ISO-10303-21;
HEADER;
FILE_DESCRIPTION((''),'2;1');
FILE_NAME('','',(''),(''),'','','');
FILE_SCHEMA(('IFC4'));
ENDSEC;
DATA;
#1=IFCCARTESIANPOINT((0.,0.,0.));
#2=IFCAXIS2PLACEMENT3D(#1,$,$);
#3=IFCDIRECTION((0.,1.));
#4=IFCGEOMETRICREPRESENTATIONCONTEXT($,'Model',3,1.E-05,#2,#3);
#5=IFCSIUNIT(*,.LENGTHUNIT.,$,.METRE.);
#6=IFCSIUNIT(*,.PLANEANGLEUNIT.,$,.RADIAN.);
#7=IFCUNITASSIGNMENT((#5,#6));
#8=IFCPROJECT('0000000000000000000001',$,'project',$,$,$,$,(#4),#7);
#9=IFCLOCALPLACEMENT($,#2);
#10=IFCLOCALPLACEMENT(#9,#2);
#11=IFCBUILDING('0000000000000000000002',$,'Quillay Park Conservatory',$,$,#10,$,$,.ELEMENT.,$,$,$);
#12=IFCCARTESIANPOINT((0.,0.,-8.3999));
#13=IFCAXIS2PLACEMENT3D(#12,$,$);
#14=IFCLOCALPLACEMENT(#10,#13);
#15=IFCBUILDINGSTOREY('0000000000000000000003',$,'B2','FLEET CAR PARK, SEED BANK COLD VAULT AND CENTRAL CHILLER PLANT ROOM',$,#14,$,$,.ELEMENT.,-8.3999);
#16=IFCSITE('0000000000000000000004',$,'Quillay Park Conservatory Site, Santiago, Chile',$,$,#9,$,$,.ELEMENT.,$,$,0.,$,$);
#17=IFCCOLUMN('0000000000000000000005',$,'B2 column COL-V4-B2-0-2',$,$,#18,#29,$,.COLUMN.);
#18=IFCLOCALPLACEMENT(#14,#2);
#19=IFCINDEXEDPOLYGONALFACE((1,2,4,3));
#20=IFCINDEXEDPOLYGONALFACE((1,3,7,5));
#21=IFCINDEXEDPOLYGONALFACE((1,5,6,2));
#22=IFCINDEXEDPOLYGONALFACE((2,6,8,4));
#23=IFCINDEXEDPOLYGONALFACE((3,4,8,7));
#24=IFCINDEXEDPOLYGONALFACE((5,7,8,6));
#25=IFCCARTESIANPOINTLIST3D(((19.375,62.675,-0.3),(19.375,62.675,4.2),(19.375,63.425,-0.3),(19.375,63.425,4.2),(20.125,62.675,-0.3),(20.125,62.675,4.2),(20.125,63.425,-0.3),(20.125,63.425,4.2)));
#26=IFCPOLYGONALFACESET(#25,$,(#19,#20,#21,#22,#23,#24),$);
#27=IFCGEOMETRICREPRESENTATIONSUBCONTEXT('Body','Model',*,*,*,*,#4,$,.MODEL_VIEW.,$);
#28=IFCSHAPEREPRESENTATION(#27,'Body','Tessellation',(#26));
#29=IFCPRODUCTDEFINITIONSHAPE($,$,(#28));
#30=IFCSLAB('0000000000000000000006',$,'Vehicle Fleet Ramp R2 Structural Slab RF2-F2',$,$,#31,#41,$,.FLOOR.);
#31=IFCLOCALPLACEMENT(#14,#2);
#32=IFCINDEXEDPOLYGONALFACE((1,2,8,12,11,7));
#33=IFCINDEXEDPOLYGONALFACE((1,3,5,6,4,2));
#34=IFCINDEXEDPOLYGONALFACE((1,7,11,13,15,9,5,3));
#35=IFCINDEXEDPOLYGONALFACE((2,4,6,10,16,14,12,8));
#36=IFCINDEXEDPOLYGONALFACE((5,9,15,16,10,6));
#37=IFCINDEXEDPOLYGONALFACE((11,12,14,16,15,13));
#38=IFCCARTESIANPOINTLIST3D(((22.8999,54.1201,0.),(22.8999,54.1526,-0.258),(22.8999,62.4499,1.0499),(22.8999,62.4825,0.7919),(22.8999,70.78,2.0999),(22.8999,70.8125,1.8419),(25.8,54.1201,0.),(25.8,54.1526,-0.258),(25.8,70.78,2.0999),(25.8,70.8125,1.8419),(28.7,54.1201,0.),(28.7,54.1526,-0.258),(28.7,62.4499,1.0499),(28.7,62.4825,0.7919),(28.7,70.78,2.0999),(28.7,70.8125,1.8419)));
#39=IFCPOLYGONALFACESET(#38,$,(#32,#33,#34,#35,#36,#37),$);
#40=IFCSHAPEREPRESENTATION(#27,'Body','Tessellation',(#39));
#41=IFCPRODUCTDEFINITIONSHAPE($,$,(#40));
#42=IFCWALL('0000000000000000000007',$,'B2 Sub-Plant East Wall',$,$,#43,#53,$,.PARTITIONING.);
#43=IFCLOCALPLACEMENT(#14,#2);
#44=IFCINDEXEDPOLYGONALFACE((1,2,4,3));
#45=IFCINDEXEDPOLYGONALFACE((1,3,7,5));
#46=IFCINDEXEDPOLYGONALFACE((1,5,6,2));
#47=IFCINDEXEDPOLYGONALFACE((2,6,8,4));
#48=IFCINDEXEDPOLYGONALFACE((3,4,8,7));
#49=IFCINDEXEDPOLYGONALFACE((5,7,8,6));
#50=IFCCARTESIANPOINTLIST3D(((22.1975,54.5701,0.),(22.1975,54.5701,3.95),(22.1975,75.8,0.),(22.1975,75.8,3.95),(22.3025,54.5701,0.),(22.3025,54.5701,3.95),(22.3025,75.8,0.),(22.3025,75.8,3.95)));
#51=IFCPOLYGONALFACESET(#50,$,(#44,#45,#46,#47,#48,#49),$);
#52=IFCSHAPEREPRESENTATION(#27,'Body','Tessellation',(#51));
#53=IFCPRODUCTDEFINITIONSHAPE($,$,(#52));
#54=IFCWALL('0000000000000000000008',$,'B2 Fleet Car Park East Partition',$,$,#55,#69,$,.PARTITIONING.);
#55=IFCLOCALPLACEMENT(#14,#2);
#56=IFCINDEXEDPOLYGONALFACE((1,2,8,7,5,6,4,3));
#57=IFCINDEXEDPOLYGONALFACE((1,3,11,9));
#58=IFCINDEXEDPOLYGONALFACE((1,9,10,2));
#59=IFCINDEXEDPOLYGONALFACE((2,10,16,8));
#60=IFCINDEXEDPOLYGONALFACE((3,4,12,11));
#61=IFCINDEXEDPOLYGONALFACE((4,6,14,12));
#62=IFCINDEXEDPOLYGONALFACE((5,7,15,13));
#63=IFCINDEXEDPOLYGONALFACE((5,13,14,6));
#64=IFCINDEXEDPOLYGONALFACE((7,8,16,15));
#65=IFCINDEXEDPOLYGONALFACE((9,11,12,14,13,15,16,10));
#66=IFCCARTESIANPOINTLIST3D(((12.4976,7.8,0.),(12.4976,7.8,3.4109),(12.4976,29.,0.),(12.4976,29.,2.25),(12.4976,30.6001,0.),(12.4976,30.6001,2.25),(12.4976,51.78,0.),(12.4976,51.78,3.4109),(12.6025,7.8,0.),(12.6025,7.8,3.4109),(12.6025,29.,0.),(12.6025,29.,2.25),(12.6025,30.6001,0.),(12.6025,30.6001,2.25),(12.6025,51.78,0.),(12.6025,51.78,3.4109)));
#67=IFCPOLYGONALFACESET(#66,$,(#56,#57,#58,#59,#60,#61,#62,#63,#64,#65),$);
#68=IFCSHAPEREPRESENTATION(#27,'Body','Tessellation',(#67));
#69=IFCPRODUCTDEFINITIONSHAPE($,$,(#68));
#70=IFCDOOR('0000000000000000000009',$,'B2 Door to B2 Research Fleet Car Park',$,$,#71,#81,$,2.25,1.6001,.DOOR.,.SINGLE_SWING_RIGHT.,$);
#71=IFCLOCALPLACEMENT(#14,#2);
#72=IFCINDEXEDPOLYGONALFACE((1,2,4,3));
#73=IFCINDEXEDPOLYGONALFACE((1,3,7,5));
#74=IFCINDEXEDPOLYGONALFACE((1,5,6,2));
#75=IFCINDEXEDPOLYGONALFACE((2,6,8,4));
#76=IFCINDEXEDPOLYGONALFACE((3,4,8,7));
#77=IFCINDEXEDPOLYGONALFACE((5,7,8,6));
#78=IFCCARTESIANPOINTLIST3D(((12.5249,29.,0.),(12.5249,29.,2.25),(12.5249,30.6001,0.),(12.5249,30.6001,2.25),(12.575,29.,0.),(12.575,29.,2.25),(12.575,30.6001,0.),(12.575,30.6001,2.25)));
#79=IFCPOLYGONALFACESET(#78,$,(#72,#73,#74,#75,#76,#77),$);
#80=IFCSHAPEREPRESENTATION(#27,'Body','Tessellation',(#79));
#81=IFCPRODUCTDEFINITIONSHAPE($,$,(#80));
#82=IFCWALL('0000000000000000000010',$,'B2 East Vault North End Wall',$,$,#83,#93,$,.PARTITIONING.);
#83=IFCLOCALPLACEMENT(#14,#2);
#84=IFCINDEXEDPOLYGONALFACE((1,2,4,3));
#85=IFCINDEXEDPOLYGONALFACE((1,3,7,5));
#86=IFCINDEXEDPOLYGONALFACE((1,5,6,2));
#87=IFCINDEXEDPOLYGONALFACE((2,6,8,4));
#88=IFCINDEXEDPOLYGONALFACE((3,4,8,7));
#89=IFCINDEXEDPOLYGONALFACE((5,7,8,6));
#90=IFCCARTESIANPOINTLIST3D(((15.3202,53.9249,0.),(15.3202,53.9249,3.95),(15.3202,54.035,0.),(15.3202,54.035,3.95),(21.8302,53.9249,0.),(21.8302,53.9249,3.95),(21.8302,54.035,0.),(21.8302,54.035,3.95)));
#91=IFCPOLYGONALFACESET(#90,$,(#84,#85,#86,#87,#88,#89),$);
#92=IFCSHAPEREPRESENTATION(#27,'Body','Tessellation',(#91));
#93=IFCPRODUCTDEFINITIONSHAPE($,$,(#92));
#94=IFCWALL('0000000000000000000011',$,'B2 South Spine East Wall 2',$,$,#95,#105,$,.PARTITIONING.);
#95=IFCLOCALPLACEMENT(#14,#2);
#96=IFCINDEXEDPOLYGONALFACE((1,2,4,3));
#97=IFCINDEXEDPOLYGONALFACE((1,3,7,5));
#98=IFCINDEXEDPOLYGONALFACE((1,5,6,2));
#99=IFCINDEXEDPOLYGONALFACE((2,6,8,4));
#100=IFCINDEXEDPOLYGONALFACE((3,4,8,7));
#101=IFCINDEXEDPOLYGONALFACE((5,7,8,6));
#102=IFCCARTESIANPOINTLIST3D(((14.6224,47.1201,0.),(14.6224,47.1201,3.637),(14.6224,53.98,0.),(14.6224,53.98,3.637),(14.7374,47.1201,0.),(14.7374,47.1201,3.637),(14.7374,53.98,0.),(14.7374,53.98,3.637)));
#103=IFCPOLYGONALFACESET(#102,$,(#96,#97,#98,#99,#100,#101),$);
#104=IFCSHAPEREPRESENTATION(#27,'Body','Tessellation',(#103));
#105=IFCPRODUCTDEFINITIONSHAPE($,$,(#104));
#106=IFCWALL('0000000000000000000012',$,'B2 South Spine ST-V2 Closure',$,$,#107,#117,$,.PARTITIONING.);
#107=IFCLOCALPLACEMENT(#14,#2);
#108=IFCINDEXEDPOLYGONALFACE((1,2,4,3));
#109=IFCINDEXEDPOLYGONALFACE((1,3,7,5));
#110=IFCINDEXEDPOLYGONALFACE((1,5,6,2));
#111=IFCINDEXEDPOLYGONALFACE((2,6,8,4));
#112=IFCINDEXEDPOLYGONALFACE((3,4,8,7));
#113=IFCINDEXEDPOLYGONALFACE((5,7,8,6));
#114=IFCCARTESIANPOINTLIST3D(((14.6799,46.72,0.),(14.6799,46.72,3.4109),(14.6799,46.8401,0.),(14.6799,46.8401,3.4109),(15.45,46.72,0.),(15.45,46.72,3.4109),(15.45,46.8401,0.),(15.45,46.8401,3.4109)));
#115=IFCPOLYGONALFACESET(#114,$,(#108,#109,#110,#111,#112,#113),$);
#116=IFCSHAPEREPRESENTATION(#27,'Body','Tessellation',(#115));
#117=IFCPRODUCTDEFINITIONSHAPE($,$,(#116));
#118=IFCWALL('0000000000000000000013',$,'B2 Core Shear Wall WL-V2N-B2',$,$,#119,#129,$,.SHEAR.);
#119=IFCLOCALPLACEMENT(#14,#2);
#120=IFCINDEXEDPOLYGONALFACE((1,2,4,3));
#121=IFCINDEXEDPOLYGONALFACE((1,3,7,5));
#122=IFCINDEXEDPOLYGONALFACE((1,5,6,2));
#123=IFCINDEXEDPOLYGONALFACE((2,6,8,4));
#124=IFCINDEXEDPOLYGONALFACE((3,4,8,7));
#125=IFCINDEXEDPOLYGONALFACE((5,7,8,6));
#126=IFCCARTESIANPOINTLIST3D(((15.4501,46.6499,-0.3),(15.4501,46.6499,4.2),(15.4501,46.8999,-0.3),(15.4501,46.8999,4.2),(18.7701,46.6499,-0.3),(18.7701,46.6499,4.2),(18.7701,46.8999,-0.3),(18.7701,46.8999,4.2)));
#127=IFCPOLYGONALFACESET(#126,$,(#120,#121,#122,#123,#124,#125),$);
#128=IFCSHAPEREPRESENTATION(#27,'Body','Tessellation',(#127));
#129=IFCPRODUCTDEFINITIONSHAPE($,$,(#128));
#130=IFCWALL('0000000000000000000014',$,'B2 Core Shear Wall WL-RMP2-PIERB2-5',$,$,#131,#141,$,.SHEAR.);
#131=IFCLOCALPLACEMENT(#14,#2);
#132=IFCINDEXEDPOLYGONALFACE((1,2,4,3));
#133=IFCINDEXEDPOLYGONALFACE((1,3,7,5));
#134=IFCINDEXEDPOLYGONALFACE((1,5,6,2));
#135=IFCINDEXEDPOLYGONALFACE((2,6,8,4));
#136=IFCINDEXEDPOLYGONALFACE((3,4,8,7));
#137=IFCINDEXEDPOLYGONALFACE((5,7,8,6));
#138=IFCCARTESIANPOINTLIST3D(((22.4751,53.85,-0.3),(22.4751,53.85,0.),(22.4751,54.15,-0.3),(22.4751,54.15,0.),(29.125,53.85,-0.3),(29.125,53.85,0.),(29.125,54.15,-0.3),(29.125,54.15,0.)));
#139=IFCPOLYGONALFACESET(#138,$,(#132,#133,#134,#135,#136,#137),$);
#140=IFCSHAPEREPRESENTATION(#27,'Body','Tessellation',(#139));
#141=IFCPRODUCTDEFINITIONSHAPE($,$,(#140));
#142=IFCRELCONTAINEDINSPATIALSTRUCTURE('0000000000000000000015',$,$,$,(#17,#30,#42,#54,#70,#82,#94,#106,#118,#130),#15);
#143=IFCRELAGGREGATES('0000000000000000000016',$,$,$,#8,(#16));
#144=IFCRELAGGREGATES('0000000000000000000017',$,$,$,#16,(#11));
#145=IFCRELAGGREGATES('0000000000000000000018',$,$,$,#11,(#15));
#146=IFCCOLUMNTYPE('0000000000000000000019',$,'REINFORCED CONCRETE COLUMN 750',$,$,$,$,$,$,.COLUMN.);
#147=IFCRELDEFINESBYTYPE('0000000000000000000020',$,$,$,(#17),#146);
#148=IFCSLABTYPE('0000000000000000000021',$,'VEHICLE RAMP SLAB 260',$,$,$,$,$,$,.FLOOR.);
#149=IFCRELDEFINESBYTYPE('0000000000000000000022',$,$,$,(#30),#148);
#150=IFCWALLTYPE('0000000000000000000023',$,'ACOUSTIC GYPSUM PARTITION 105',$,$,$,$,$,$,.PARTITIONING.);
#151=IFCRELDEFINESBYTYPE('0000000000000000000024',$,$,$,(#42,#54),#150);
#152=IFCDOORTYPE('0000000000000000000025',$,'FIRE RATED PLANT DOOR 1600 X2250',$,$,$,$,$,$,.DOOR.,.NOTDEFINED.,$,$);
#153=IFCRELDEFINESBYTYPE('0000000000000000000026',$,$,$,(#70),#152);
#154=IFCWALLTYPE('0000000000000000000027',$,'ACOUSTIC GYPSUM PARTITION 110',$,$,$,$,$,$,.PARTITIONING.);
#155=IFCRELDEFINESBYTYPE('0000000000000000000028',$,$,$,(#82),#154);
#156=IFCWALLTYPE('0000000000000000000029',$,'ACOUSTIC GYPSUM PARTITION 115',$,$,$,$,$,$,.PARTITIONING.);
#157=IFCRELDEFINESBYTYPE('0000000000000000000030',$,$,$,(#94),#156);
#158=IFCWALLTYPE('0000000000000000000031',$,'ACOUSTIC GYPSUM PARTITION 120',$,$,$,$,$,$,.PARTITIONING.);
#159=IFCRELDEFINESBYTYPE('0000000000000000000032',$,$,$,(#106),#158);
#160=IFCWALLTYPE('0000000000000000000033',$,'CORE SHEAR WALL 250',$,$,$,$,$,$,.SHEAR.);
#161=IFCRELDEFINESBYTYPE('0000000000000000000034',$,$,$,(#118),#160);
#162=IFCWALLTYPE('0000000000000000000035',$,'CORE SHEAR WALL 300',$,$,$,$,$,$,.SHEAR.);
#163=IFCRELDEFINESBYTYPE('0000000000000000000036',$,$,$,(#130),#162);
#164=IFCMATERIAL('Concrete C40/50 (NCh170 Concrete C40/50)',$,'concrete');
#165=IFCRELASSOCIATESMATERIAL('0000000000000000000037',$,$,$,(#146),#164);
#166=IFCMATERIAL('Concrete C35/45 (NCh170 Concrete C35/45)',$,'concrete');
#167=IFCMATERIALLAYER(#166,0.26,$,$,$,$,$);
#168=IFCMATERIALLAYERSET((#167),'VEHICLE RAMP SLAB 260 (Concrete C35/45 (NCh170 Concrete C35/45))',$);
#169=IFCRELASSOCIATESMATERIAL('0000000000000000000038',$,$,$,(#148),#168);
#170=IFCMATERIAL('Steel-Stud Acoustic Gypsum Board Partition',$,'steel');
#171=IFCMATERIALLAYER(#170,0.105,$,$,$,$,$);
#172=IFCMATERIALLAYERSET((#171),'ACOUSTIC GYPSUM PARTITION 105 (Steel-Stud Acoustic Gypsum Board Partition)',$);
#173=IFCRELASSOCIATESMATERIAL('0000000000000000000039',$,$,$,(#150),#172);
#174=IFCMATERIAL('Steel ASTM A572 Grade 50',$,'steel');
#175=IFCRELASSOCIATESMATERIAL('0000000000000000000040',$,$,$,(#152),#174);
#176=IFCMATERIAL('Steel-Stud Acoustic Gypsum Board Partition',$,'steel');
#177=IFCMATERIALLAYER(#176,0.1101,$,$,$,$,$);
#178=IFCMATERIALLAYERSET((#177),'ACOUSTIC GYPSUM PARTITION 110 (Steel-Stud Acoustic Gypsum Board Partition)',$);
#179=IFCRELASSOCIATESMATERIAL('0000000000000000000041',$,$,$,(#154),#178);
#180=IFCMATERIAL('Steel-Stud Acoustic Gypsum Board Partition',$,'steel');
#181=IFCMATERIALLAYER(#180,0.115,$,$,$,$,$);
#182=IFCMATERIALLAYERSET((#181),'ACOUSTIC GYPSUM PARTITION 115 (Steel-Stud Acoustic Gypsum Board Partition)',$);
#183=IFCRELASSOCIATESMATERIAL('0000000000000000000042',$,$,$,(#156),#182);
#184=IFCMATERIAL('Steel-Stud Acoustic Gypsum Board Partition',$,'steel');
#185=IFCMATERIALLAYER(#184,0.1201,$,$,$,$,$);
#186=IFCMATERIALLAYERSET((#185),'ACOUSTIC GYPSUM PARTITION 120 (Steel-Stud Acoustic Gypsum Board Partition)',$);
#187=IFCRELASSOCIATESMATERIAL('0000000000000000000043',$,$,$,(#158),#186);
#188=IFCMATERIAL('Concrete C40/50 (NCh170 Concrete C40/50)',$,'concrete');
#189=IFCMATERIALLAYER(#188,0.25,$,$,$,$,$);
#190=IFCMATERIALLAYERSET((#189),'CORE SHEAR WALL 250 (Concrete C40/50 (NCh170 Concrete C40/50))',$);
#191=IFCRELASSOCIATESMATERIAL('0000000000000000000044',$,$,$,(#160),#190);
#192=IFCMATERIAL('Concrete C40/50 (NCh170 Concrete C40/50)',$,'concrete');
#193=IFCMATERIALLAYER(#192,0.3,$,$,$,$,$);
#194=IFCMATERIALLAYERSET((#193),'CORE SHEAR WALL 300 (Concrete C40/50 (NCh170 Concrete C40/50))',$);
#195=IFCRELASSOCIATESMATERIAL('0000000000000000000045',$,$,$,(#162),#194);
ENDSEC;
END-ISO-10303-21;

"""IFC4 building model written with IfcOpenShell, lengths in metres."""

from ifc_helpers import new_model, si_unit, direction, frame, frame_2d, origin, origin_2d, place, context, subcontext, project, spatial, polyline, rectangle, outline, extrude, material, layer, layer_set, material_profile, profile_set, type_object, element, fill, save


model = new_model("IFC4")

# Units and contexts
model_context = context("Model", 3, precision=1e-05, world=origin(), true_north=direction((0.0, 1.0)))
body_context = subcontext(model_context, "Body", "Model", "MODEL_VIEW")
ifc_project = project(units=[si_unit("LENGTHUNIT", "METRE"), si_unit("PLANEANGLEUNIT", "RADIAN")], contexts=[model_context])

# Site, building, storey
site_placement = place(None, origin())
site = spatial("IfcSite", under=ifc_project, at=site_placement, Name="Quillay Park Conservatory Site, Santiago, Chile", CompositionType="ELEMENT", RefElevation=0.0)
building_placement = place(site_placement, origin())
building = spatial("IfcBuilding", under=site, at=building_placement, Name="Quillay Park Conservatory", CompositionType="ELEMENT")
storey_placement = place(building_placement, frame((0.0, 0.0, -8.3999)))
storey = spatial("IfcBuildingStorey", under=building, at=storey_placement, Name="B2", Description="FLEET CAR PARK, SEED BANK COLD VAULT AND CENTRAL CHILLER PLANT ROOM", CompositionType="ELEMENT", Elevation=-8.3999)

# Column
ifc_material_1 = material(Name="Concrete C40/50 (NCh170 Concrete C40/50)", Category="concrete")
ifc_material_profile_1 = material_profile(ifc_material_1, rectangle(XDim=0.75, YDim=0.75, at=origin_2d()), Name="RC750x750")
ifc_profile_set_1 = profile_set([ifc_material_profile_1], Name="Concrete C40/50 (NCh170 Concrete C40/50)")
column_type_1 = type_object("IfcColumnType", Name="REINFORCED CONCRETE COLUMN 750", PredefinedType="COLUMN", material=ifc_profile_set_1)
column_placement = place(storey_placement, frame((19.75, 63.05, -0.3), z_axis=(0.0, 0.0, 1.0), x_axis=(1.0, 0.0, 0.0)))
element("IfcColumn", 1, at=column_placement, inside=storey, type_object=column_type_1, Name="B2 column COL-V4-B2-0-2", PredefinedType="COLUMN", context=body_context, shape_type="SweptSolid", body=[
    extrude(rectangle(XDim=0.75, YDim=0.75, at=origin_2d()), origin(), (0.0, 0.0, 1.0), 4.5),
])

# Slab
ifc_material_2 = material(Name="Concrete C35/45 (NCh170 Concrete C35/45)", Category="concrete")
ifc_layer_1 = layer(ifc_material_2, 0.26)
ifc_layer_set_1 = layer_set([ifc_layer_1], Name="VEHICLE RAMP SLAB 260 (Concrete C35/45 (NCh170 Concrete C35/45))")
slab_type = type_object("IfcSlabType", Name="VEHICLE RAMP SLAB 260", PredefinedType="FLOOR", material=ifc_layer_set_1)
slab_placement = place(storey_placement, frame((22.8999, 54.1201, 0.0), z_axis=(0.0, -0.125053, 0.99215), x_axis=(1.0, 0.0, 0.0)))
element("IfcSlab", 2, at=slab_placement, inside=storey, type_object=slab_type, Name="Vehicle Fleet Ramp R2 Structural Slab RF2-F2", PredefinedType="FLOOR", context=body_context, shape_type="SweptSolid", body=[
    extrude(outline(polyline([(0.0, 0.0), (2.9001, 0.0), (5.8, 0.0), (5.8, 8.3957), (5.8, 16.7917), (2.9001, 16.7917), (0.0, 16.7917), (0.0, 8.3957), (0.0, 0.0)])), origin(), (0.0, 0.0, -1.0), 0.26),
])

# Wall
ifc_material_3 = material(Name="Steel-Stud Acoustic Gypsum Board Partition", Category="steel")
ifc_layer_2 = layer(ifc_material_3, 0.105)
ifc_layer_set_2 = layer_set([ifc_layer_2], Name="ACOUSTIC GYPSUM PARTITION 105 (Steel-Stud Acoustic Gypsum Board Partition)")
wall_type_1 = type_object("IfcWallType", Name="ACOUSTIC GYPSUM PARTITION 105", PredefinedType="PARTITIONING", material=ifc_layer_set_2)
wall_1_placement = place(storey_placement, frame((22.25, 54.5701, 0.0), z_axis=(0.0, 0.0, 1.0), x_axis=(0.0, 1.0, 0.0)))
element("IfcWall", 3, at=wall_1_placement, inside=storey, type_object=wall_type_1, Name="B2 Sub-Plant East Wall", PredefinedType="PARTITIONING", context=body_context, shape_type="SweptSolid", body=[
    extrude(rectangle(XDim=21.23, YDim=0.105, at=frame_2d((10.615, 0.0))), origin(), (0.0, 0.0, 1.0), 3.95),
])

# Wall, opening, door
wall_2_placement = place(storey_placement, frame((12.55, 51.78, 0.0), z_axis=(0.0, 0.0, 1.0), x_axis=(0.0, -1.0, 0.0)))
wall_2 = element("IfcWall", 4, at=wall_2_placement, inside=storey, type_object=wall_type_1, Name="B2 Fleet Car Park East Partition", PredefinedType="PARTITIONING", context=body_context, shape_type="SweptSolid", body=[
    extrude(rectangle(XDim=43.98, YDim=0.105, at=frame_2d((21.99, 0.0))), origin(), (0.0, 0.0, 1.0), 3.4109),
])
opening_placement = place(wall_2_placement, frame((21.1799, 0.0, 0.0)))
opening = element("IfcOpeningElement", 5, at=opening_placement, cuts=wall_2, PredefinedType="OPENING", context=body_context, shape_type="SweptSolid", body=[
    extrude(rectangle(XDim=1.6001, YDim=2.25, at=frame_2d((0.8, 1.125))), frame((0.0, 0.0525, 0.0), z_axis=(0.0, -1.0, 0.0), x_axis=(1.0, 0.0, 0.0)), (0.0, 0.0, 1.0), 0.105),
])
ifc_material_4 = material(Name="Steel ASTM A572 Grade 50", Category="steel")
door_type = type_object("IfcDoorType", Name="FIRE RATED PLANT DOOR 1600 X2250", OperationType="NOTDEFINED", PredefinedType="DOOR", material=ifc_material_4)
door_placement = place(opening_placement, origin())
door = element("IfcDoor", 6, at=door_placement, inside=storey, type_object=door_type, Name="B2 Door to B2 Research Fleet Car Park", OperationType="SINGLE_SWING_RIGHT", OverallHeight=2.25, OverallWidth=1.6001, PredefinedType="DOOR", context=body_context, shape_type="SweptSolid", body=[
    extrude(rectangle(XDim=1.6001, YDim=2.25, at=frame_2d((0.8, 1.125))), frame((0.0, 0.0249, 0.0), z_axis=(0.0, -1.0, 0.0), x_axis=(1.0, 0.0, 0.0)), (0.0, 0.0, 1.0), 0.05),
])
fill(opening, door)

# Walls
ifc_material_5 = material(Name="Steel-Stud Acoustic Gypsum Board Partition", Category="steel")
ifc_layer_3 = layer(ifc_material_5, 0.1101)
ifc_layer_set_3 = layer_set([ifc_layer_3], Name="ACOUSTIC GYPSUM PARTITION 110 (Steel-Stud Acoustic Gypsum Board Partition)")
wall_type_2 = type_object("IfcWallType", Name="ACOUSTIC GYPSUM PARTITION 110", PredefinedType="PARTITIONING", material=ifc_layer_set_3)
wall_3_placement = place(storey_placement, frame((21.8301, 53.98, 0.0), z_axis=(0.0, 0.0, 1.0), x_axis=(-1.0, 0.0, 0.0)))
element("IfcWall", 7, at=wall_3_placement, inside=storey, type_object=wall_type_2, Name="B2 East Vault North End Wall", PredefinedType="PARTITIONING", context=body_context, shape_type="SweptSolid", body=[
    extrude(rectangle(XDim=6.51, YDim=0.1101, at=frame_2d((3.2549, 0.0))), origin(), (0.0, 0.0, 1.0), 3.95),
])
ifc_material_6 = material(Name="Steel-Stud Acoustic Gypsum Board Partition", Category="steel")
ifc_layer_4 = layer(ifc_material_6, 0.115)
ifc_layer_set_4 = layer_set([ifc_layer_4], Name="ACOUSTIC GYPSUM PARTITION 115 (Steel-Stud Acoustic Gypsum Board Partition)")
wall_type_3 = type_object("IfcWallType", Name="ACOUSTIC GYPSUM PARTITION 115", PredefinedType="PARTITIONING", material=ifc_layer_set_4)
wall_4_placement = place(storey_placement, frame((14.6799, 53.98, 0.0), z_axis=(0.0, 0.0, 1.0), x_axis=(0.0, -1.0, 0.0)))
element("IfcWall", 8, at=wall_4_placement, inside=storey, type_object=wall_type_3, Name="B2 South Spine East Wall 2", PredefinedType="PARTITIONING", context=body_context, shape_type="SweptSolid", body=[
    extrude(rectangle(XDim=6.8599, YDim=0.115, at=frame_2d((3.4299, 0.0))), origin(), (0.0, 0.0, 1.0), 3.637),
])
ifc_material_7 = material(Name="Steel-Stud Acoustic Gypsum Board Partition", Category="steel")
ifc_layer_5 = layer(ifc_material_7, 0.1201)
ifc_layer_set_5 = layer_set([ifc_layer_5], Name="ACOUSTIC GYPSUM PARTITION 120 (Steel-Stud Acoustic Gypsum Board Partition)")
wall_type_4 = type_object("IfcWallType", Name="ACOUSTIC GYPSUM PARTITION 120", PredefinedType="PARTITIONING", material=ifc_layer_set_5)
wall_5_placement = place(storey_placement, frame((14.6799, 46.78, 0.0), z_axis=(0.0, 0.0, 1.0), x_axis=(1.0, 0.0, 0.0)))
element("IfcWall", 9, at=wall_5_placement, inside=storey, type_object=wall_type_4, Name="B2 South Spine ST-V2 Closure", PredefinedType="PARTITIONING", context=body_context, shape_type="SweptSolid", body=[
    extrude(rectangle(XDim=0.77, YDim=0.1201, at=frame_2d((0.385, 0.0))), origin(), (0.0, 0.0, 1.0), 3.4109),
])
ifc_material_8 = material(Name="Concrete C40/50 (NCh170 Concrete C40/50)", Category="concrete")
ifc_layer_6 = layer(ifc_material_8, 0.25)
ifc_layer_set_6 = layer_set([ifc_layer_6], Name="CORE SHEAR WALL 250 (Concrete C40/50 (NCh170 Concrete C40/50))")
wall_type_5 = type_object("IfcWallType", Name="CORE SHEAR WALL 250", PredefinedType="SHEAR", material=ifc_layer_set_6)
wall_6_placement = place(storey_placement, frame((15.45, 46.7749, -0.3), z_axis=(0.0, 0.0, 1.0), x_axis=(1.0, 0.0, 0.0)))
element("IfcWall", 10, at=wall_6_placement, inside=storey, type_object=wall_type_5, Name="B2 Core Shear Wall WL-V2N-B2", PredefinedType="SHEAR", context=body_context, shape_type="SweptSolid", body=[
    extrude(rectangle(XDim=3.3201, YDim=0.25, at=frame_2d((1.6602, 0.0))), origin(), (0.0, 0.0, 1.0), 4.5),
])
ifc_material_9 = material(Name="Concrete C40/50 (NCh170 Concrete C40/50)", Category="concrete")
ifc_layer_7 = layer(ifc_material_9, 0.3)
ifc_layer_set_7 = layer_set([ifc_layer_7], Name="CORE SHEAR WALL 300 (Concrete C40/50 (NCh170 Concrete C40/50))")
wall_type_6 = type_object("IfcWallType", Name="CORE SHEAR WALL 300", PredefinedType="SHEAR", material=ifc_layer_set_7)
wall_7_placement = place(storey_placement, frame((22.4751, 54.0, -0.3), z_axis=(0.0, 0.0, 1.0), x_axis=(1.0, 0.0, 0.0)))
element("IfcWall", 11, at=wall_7_placement, inside=storey, type_object=wall_type_6, Name="B2 Core Shear Wall WL-RMP2-PIERB2-5", PredefinedType="SHEAR", context=body_context, shape_type="SweptSolid", body=[
    extrude(rectangle(XDim=6.6499, YDim=0.3, at=frame_2d((3.325, 0.0))), origin(), (0.0, 0.0, 1.0), 0.3),
])

save(model, "model.ifc")
